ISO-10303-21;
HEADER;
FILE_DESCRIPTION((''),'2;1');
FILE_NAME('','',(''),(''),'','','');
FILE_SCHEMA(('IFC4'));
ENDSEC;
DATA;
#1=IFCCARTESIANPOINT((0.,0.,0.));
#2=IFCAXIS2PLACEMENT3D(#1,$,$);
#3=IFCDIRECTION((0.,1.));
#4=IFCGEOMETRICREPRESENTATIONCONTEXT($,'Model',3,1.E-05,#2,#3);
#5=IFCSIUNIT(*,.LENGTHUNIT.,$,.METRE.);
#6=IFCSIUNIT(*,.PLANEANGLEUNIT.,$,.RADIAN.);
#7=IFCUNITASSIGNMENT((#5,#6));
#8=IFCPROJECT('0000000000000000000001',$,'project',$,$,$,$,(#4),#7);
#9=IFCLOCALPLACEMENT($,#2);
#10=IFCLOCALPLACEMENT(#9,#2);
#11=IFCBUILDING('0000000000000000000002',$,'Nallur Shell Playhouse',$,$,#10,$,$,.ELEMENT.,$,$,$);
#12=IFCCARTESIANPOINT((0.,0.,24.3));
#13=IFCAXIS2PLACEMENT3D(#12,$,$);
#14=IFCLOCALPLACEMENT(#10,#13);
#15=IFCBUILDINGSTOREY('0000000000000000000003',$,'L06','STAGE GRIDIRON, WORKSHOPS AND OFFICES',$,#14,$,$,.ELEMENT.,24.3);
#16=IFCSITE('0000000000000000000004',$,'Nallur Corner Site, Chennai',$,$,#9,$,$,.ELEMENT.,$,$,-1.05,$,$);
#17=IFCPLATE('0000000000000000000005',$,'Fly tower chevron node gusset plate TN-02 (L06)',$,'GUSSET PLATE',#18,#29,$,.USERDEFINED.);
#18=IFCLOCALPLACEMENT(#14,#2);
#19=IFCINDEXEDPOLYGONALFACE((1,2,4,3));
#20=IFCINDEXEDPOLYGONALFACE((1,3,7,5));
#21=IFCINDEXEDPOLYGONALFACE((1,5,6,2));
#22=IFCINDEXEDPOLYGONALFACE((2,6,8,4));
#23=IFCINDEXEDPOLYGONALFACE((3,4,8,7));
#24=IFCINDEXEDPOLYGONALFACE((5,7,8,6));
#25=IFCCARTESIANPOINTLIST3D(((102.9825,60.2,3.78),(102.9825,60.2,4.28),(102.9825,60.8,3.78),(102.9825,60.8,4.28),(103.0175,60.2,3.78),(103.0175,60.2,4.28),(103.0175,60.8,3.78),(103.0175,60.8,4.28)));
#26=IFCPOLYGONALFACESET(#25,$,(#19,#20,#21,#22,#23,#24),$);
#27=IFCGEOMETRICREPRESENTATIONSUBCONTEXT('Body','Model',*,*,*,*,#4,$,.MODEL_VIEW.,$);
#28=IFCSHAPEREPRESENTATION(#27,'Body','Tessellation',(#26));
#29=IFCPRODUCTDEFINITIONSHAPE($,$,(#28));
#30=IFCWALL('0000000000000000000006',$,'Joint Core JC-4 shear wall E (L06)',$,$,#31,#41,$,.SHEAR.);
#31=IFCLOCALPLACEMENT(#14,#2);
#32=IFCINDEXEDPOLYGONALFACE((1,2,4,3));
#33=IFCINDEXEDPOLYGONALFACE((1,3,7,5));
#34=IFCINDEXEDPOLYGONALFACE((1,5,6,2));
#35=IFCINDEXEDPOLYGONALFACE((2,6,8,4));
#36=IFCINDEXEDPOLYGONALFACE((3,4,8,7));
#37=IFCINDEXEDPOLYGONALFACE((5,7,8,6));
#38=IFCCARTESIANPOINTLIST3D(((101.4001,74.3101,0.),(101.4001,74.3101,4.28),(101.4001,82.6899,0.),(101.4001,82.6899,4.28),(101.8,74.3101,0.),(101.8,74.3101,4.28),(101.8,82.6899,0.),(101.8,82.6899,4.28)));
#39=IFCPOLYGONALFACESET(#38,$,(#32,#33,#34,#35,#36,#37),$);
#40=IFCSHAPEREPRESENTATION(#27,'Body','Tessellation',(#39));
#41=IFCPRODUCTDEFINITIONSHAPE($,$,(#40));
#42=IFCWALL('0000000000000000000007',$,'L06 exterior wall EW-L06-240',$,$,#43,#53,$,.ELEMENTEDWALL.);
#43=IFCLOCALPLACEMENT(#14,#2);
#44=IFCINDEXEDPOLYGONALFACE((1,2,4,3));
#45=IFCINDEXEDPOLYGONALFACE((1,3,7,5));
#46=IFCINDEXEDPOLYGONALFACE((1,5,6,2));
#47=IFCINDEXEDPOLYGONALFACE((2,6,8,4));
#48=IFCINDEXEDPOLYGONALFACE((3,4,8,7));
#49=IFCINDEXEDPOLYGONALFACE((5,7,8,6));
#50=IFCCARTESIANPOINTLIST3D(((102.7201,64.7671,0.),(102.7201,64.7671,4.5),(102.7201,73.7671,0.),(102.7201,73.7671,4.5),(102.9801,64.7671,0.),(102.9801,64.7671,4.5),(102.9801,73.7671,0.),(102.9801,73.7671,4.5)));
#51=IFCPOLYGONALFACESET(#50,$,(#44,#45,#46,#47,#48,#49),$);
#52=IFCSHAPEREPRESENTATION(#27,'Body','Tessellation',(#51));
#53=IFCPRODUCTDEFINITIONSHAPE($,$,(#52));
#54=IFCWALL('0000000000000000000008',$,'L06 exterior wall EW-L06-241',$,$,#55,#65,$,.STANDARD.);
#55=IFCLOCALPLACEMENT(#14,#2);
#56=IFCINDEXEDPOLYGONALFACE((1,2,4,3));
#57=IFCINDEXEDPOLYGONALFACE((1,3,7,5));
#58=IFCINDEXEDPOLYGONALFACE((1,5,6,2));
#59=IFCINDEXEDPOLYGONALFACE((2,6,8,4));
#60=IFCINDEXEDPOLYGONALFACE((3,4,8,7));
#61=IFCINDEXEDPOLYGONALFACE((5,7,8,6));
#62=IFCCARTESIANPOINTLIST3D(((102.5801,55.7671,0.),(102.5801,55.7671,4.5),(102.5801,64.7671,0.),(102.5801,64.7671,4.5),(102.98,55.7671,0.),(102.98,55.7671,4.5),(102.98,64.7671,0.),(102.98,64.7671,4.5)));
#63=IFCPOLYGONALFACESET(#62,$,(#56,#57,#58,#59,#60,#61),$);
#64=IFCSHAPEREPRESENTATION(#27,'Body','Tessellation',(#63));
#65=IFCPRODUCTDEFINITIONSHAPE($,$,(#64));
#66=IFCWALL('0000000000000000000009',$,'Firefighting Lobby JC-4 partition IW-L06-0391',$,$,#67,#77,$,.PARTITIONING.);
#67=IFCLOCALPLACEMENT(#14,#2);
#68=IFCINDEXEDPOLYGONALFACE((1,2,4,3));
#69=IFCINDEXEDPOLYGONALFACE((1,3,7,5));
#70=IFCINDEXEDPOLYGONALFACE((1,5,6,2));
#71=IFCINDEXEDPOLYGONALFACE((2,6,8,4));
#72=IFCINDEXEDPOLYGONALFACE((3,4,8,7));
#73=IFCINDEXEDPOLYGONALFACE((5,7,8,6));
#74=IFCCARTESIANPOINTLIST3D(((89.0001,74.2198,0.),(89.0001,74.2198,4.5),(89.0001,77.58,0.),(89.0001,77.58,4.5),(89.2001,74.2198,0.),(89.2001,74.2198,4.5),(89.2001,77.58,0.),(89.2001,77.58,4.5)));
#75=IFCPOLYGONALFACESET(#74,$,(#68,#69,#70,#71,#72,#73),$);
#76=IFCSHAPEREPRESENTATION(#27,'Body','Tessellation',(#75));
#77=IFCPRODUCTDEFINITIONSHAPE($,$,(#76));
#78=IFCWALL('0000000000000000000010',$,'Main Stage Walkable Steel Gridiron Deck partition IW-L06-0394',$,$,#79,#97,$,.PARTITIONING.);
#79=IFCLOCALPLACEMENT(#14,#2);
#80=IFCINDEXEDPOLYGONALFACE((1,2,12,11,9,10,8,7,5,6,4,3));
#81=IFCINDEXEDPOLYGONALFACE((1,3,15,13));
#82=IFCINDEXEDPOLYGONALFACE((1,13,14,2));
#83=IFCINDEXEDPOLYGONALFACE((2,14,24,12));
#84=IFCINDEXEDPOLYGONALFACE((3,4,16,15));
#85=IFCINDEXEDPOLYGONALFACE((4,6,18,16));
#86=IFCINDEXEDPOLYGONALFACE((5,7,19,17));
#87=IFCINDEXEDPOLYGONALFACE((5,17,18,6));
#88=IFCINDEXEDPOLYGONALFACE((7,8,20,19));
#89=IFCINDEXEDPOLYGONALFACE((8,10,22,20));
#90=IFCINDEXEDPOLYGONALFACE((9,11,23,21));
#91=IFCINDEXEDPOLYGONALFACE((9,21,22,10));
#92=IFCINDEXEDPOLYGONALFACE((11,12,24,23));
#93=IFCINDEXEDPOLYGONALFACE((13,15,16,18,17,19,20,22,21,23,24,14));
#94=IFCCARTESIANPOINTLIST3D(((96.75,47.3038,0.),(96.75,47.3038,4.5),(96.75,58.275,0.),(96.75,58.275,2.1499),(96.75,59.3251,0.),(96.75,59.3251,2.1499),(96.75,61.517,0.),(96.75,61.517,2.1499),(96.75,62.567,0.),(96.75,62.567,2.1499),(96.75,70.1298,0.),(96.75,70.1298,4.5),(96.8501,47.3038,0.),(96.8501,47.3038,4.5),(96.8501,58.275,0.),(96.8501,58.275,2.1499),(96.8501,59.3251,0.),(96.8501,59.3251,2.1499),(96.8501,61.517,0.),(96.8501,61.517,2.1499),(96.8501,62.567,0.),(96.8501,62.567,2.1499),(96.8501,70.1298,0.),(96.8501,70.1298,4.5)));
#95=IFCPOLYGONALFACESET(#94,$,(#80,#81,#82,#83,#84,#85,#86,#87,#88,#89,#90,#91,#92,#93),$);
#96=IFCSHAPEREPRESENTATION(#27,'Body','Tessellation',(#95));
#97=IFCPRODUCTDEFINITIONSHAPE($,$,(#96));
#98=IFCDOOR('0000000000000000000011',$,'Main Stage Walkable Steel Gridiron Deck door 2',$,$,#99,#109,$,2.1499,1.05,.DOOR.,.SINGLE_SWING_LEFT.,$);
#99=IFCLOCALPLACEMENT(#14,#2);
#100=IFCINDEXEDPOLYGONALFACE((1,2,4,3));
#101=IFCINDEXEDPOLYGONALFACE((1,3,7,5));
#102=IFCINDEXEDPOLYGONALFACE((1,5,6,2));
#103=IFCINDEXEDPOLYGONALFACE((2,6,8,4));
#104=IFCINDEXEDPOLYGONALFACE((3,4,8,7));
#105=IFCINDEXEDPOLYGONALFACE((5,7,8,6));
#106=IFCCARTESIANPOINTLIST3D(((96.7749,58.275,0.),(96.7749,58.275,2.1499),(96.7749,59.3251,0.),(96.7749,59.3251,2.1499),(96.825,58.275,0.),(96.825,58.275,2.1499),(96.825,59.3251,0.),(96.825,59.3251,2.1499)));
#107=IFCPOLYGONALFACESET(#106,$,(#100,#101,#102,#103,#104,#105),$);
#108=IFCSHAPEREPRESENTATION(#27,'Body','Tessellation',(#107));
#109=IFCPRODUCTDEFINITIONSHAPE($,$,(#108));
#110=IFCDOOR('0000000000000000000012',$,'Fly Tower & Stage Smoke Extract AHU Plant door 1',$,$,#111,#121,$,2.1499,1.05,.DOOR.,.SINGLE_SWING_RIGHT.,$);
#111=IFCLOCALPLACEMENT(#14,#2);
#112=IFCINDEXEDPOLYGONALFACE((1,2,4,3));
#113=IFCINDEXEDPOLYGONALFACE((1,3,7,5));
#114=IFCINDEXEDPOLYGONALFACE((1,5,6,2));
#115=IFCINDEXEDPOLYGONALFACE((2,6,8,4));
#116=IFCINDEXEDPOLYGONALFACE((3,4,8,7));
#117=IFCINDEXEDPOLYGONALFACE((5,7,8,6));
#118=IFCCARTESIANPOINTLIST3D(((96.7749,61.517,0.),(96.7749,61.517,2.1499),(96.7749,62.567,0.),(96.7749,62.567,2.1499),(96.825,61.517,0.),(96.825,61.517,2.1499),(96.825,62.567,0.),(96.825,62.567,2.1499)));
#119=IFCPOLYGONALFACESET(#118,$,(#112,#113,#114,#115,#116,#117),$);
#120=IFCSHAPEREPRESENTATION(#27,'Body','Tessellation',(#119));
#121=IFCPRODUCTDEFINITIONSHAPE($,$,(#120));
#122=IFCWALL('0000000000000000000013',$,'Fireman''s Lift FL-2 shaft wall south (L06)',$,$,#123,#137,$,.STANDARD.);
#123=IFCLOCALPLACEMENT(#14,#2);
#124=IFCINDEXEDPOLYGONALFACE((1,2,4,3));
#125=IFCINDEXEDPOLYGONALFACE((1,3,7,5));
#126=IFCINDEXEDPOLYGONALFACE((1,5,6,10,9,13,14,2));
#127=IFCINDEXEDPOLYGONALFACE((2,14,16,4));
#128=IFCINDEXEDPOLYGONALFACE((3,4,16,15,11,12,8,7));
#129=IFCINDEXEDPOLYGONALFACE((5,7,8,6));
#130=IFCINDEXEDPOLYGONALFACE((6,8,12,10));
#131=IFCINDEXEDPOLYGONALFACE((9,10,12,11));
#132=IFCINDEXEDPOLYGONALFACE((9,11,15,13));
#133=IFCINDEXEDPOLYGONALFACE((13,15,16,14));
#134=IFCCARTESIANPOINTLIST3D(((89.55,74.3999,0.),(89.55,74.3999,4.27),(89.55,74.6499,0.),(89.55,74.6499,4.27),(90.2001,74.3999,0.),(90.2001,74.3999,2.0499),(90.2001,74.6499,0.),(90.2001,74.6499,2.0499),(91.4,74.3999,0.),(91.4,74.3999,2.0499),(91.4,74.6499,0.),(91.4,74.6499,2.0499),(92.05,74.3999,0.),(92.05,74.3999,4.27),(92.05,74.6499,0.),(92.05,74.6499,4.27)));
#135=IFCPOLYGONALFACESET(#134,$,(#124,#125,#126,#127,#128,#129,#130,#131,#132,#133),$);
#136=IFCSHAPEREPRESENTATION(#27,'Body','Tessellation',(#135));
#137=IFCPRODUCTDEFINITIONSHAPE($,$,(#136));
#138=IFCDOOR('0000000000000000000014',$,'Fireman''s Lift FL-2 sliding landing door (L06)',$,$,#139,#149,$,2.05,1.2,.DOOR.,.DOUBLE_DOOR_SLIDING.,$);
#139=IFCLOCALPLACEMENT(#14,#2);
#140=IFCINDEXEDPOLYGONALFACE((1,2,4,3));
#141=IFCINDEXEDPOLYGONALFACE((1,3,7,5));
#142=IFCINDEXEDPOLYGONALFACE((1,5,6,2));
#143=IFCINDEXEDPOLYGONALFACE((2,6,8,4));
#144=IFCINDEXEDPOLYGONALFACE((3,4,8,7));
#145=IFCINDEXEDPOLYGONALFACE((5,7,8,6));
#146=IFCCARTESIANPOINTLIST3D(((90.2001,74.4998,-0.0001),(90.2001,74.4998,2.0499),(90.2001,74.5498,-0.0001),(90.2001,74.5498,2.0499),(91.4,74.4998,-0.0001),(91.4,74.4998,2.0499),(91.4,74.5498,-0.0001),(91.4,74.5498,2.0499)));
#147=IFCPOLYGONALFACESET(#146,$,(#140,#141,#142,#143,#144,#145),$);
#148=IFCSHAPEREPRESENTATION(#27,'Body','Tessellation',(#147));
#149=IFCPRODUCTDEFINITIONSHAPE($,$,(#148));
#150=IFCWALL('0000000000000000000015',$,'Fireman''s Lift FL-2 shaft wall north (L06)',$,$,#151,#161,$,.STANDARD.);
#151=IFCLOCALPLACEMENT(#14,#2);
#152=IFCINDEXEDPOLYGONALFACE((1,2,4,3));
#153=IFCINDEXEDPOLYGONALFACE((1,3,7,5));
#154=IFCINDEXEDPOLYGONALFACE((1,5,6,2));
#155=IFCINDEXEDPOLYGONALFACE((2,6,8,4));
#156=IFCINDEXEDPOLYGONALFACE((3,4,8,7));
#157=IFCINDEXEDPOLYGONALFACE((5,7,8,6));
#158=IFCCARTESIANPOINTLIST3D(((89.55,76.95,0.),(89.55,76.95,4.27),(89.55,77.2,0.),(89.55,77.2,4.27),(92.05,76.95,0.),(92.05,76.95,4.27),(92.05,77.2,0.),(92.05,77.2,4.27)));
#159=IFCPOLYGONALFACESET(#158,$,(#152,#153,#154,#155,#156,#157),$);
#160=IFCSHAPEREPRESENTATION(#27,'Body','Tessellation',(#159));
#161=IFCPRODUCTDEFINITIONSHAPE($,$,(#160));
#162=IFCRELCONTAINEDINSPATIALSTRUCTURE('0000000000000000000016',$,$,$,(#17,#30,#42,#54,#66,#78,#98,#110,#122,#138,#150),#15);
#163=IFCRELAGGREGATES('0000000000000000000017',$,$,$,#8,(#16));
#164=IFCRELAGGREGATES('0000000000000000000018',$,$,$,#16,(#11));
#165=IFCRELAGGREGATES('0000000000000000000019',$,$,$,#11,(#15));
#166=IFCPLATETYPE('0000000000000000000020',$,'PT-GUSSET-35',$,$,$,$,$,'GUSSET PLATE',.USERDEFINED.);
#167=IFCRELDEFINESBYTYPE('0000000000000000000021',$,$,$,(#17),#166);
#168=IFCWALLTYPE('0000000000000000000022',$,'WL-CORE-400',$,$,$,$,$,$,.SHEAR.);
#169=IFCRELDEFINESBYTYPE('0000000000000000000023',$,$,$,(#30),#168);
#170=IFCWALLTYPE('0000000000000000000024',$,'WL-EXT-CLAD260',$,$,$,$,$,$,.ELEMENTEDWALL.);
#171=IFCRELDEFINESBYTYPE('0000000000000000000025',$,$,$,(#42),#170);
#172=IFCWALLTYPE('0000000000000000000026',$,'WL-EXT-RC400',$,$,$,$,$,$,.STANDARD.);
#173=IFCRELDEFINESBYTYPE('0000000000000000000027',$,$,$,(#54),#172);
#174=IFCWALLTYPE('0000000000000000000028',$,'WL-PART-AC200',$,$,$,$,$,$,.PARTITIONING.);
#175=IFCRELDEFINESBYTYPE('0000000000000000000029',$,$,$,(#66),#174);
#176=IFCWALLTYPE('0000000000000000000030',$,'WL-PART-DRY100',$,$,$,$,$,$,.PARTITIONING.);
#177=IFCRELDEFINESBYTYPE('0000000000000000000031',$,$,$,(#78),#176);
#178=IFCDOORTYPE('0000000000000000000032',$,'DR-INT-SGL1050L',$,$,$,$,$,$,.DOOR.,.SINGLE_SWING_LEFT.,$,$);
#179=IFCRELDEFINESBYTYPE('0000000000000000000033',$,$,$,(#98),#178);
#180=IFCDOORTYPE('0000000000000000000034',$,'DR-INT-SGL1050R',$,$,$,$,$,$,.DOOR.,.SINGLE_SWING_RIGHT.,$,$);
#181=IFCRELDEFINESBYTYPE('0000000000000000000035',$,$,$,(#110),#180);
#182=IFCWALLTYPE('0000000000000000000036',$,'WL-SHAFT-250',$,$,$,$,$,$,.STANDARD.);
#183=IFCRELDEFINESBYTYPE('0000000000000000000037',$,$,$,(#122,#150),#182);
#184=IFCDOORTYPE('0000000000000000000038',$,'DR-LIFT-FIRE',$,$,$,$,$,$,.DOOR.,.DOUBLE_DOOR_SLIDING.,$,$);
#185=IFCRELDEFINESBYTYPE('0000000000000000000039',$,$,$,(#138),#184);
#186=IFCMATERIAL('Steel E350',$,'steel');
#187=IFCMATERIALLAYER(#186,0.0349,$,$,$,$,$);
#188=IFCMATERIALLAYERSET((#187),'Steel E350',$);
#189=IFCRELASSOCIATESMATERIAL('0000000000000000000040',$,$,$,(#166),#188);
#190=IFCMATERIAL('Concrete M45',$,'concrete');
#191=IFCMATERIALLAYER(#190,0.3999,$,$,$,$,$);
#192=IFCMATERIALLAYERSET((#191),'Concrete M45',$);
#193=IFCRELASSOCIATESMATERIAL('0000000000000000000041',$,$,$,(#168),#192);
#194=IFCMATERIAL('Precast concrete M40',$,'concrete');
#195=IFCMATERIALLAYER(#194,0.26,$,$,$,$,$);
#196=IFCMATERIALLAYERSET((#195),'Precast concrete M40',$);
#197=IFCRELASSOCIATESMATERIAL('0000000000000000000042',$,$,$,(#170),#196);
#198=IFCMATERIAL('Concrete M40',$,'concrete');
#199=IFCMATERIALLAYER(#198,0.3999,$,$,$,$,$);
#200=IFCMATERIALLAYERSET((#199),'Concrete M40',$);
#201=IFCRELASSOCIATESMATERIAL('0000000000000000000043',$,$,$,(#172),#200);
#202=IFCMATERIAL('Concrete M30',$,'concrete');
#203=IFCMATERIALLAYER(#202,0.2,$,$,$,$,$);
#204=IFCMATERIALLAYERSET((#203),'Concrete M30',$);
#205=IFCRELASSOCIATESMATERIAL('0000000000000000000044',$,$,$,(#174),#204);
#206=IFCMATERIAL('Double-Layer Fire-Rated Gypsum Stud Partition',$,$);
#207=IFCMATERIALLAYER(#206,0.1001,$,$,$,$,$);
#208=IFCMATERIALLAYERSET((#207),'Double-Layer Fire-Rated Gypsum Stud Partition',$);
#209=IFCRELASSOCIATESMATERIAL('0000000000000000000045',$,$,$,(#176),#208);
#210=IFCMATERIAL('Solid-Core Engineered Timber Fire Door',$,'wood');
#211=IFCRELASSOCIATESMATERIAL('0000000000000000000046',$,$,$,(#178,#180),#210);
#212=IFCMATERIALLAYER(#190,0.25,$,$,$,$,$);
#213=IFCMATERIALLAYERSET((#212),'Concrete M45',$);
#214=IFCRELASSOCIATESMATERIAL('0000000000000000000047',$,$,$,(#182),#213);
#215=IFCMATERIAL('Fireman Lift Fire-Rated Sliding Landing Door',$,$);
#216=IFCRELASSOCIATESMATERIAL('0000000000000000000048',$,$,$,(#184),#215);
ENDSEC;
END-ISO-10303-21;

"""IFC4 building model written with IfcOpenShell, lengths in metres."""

from ifc_helpers import new_model, si_unit, direction, frame, frame_2d, origin, origin_2d, place, context, subcontext, project, spatial, rectangle, extrude, material, layer, layer_set, type_object, element, fill, save


model = new_model("IFC4")

# Units and contexts
model_context = context("Model", 3, precision=1e-05, world=origin(), true_north=direction((0.0, 1.0)))
body_context = subcontext(model_context, "Body", "Model", "MODEL_VIEW")
ifc_project = project(units=[si_unit("LENGTHUNIT", "METRE"), si_unit("PLANEANGLEUNIT", "RADIAN")], contexts=[model_context])

# Site, building, storey
site_placement = place(None, origin())
site = spatial("IfcSite", under=ifc_project, at=site_placement, Name="Nallur Corner Site, Chennai", CompositionType="ELEMENT", RefElevation=-1.05)
building_placement = place(site_placement, origin())
building = spatial("IfcBuilding", under=site, at=building_placement, Name="Nallur Shell Playhouse", CompositionType="ELEMENT")
storey_placement = place(building_placement, frame((0.0, 0.0, 24.3)))
storey = spatial("IfcBuildingStorey", under=building, at=storey_placement, Name="L06", Description="STAGE GRIDIRON, WORKSHOPS AND OFFICES", CompositionType="ELEMENT", Elevation=24.3)

# Shared definitions
ifc_material_1 = material(Name="Steel E350", Category="steel")

# Shared definitions
ifc_material_2 = material(Name="Concrete M40", Category="concrete")

# Plate
ifc_layer_1 = layer(ifc_material_1, 0.0349)
ifc_layer_set_1 = layer_set([ifc_layer_1], Name="Steel E350")
plate_type_1 = type_object("IfcPlateType", Name="PT-GUSSET-35", ElementType="GUSSET PLATE", PredefinedType="USERDEFINED", material=ifc_layer_set_1)
plate_1_placement = place(storey_placement, frame((103.0, 60.5, 3.78), z_axis=(0.0, 0.0, 1.0), x_axis=(1.0, 0.0, 0.0)))
element("IfcPlate", 1, at=plate_1_placement, inside=storey, type_object=plate_type_1, Name="Fly tower chevron node gusset plate TN-02 (L06)", ObjectType="GUSSET PLATE", PredefinedType="USERDEFINED", context=body_context, shape_type="SweptSolid", body=[
    extrude(rectangle(XDim=0.0349, YDim=0.6001, at=origin_2d()), origin(), (0.0, 0.0, 1.0), 0.5),
])

# Shared definitions
ifc_material_3 = material(Name="Concrete M45", Category="concrete")
ifc_layer_2 = layer(ifc_material_3, 0.3999)
ifc_layer_set_2 = layer_set([ifc_layer_2], Name="Concrete M45")
wall_type_1 = type_object("IfcWallType", Name="WL-CORE-400", PredefinedType="SHEAR", material=ifc_layer_set_2)

# Walls
wall_1_placement = place(storey_placement, frame((101.6001, 74.3101, 0.0), z_axis=(0.0, 0.0, 1.0), x_axis=(0.0, 1.0, 0.0)))
element("IfcWall", 2, at=wall_1_placement, inside=storey, type_object=wall_type_1, Name="Joint Core JC-4 shear wall E (L06)", PredefinedType="SHEAR", context=body_context, shape_type="SweptSolid", body=[
    extrude(rectangle(XDim=8.3799, YDim=0.3999, at=frame_2d((4.1899, 0.0))), origin(), (0.0, 0.0, 1.0), 4.28),
])
ifc_material_4 = material(Name="Precast concrete M40", Category="concrete")
ifc_layer_3 = layer(ifc_material_4, 0.26)
ifc_layer_set_3 = layer_set([ifc_layer_3], Name="Precast concrete M40")
wall_type_2 = type_object("IfcWallType", Name="WL-EXT-CLAD260", PredefinedType="ELEMENTEDWALL", material=ifc_layer_set_3)
wall_2_placement = place(storey_placement, frame((102.8501, 73.7671, 0.0), z_axis=(0.0, 0.0, 1.0), x_axis=(0.0, -1.0, 0.0)))
element("IfcWall", 3, at=wall_2_placement, inside=storey, type_object=wall_type_2, Name="L06 exterior wall EW-L06-240", PredefinedType="ELEMENTEDWALL", context=body_context, shape_type="SweptSolid", body=[
    extrude(rectangle(XDim=9.0, YDim=0.26, at=frame_2d((4.5, 0.0))), origin(), (0.0, 0.0, 1.0), 4.5),
])
ifc_layer_4 = layer(ifc_material_2, 0.3999)
ifc_layer_set_4 = layer_set([ifc_layer_4], Name="Concrete M40")
wall_type_3 = type_object("IfcWallType", Name="WL-EXT-RC400", PredefinedType="STANDARD", material=ifc_layer_set_4)
wall_3_placement = place(storey_placement, frame((102.78, 64.7671, 0.0), z_axis=(0.0, 0.0, 1.0), x_axis=(0.0, -1.0, 0.0)))
element("IfcWall", 4, at=wall_3_placement, inside=storey, type_object=wall_type_3, Name="L06 exterior wall EW-L06-241", PredefinedType="STANDARD", context=body_context, shape_type="SweptSolid", body=[
    extrude(rectangle(XDim=9.0, YDim=0.3999, at=frame_2d((4.5, 0.0))), origin(), (0.0, 0.0, 1.0), 4.5),
])
ifc_material_5 = material(Name="Concrete M30", Category="concrete")
ifc_layer_5 = layer(ifc_material_5, 0.2)
ifc_layer_set_5 = layer_set([ifc_layer_5], Name="Concrete M30")
wall_type_4 = type_object("IfcWallType", Name="WL-PART-AC200", PredefinedType="PARTITIONING", material=ifc_layer_set_5)
wall_4_placement = place(storey_placement, frame((89.1001, 77.5801, 0.0), z_axis=(0.0, 0.0, 1.0), x_axis=(0.0, -1.0, 0.0)))
element("IfcWall", 5, at=wall_4_placement, inside=storey, type_object=wall_type_4, Name="Firefighting Lobby JC-4 partition IW-L06-0391", PredefinedType="PARTITIONING", context=body_context, shape_type="SweptSolid", body=[
    extrude(rectangle(XDim=3.3601, YDim=0.2, at=frame_2d((1.6802, 0.0))), origin(), (0.0, 0.0, 1.0), 4.5),
])

# Wall, openings, doors
ifc_material_6 = material(Name="Double-Layer Fire-Rated Gypsum Stud Partition")
ifc_layer_6 = layer(ifc_material_6, 0.1001)
ifc_layer_set_6 = layer_set([ifc_layer_6], Name="Double-Layer Fire-Rated Gypsum Stud Partition")
wall_type_5 = type_object("IfcWallType", Name="WL-PART-DRY100", PredefinedType="PARTITIONING", material=ifc_layer_set_6)
wall_5_placement = place(storey_placement, frame((96.8, 70.1299, 0.0), z_axis=(0.0, 0.0, 1.0), x_axis=(0.0, -1.0, 0.0)))
wall_5 = element("IfcWall", 6, at=wall_5_placement, inside=storey, type_object=wall_type_5, Name="Main Stage Walkable Steel Gridiron Deck partition IW-L06-0394", PredefinedType="PARTITIONING", context=body_context, shape_type="SweptSolid", body=[
    extrude(rectangle(XDim=22.8259, YDim=0.1001, at=frame_2d((11.4131, 0.0))), origin(), (0.0, 0.0, 1.0), 4.5),
])
opening_1_placement = place(wall_5_placement, frame((10.8049, 0.0, 0.0)))
opening_1 = element("IfcOpeningElement", 7, at=opening_1_placement, cuts=wall_5, PredefinedType="OPENING", context=body_context, shape_type="SweptSolid", body=[
    extrude(rectangle(XDim=1.05, YDim=2.1499, at=frame_2d((0.5249, 1.075))), frame((0.0, 0.0601, 0.0), z_axis=(0.0, -1.0, 0.0), x_axis=(1.0, 0.0, 0.0)), (0.0, 0.0, 1.0), 0.1201),
])
opening_2_placement = place(wall_5_placement, frame((7.563, 0.0, 0.0)))
opening_2 = element("IfcOpeningElement", 8, at=opening_2_placement, cuts=wall_5, PredefinedType="OPENING", context=body_context, shape_type="SweptSolid", body=[
    extrude(rectangle(XDim=1.05, YDim=2.1499, at=frame_2d((0.5249, 1.075))), frame((0.0, 0.0601, 0.0), z_axis=(0.0, -1.0, 0.0), x_axis=(1.0, 0.0, 0.0)), (0.0, 0.0, 1.0), 0.1201),
])
ifc_material_7 = material(Name="Solid-Core Engineered Timber Fire Door", Category="wood")
door_type_1 = type_object("IfcDoorType", Name="DR-INT-SGL1050L", OperationType="SINGLE_SWING_LEFT", PredefinedType="DOOR", material=ifc_material_7)
door_1_placement = place(opening_1_placement, origin())
door_1 = element("IfcDoor", 9, at=door_1_placement, inside=storey, type_object=door_type_1, Name="Main Stage Walkable Steel Gridiron Deck door 2", OperationType="SINGLE_SWING_LEFT", OverallHeight=2.1499, OverallWidth=1.05, PredefinedType="DOOR", context=body_context, shape_type="SweptSolid", body=[
    extrude(rectangle(XDim=1.05, YDim=2.1499, at=frame_2d((0.5249, 1.075))), frame((0.0, 0.0249, 0.0), z_axis=(0.0, -1.0, 0.0), x_axis=(1.0, 0.0, 0.0)), (0.0, 0.0, 1.0), 0.05),
])
fill(opening_1, door_1)
door_type_2 = type_object("IfcDoorType", Name="DR-INT-SGL1050R", OperationType="SINGLE_SWING_RIGHT", PredefinedType="DOOR", material=ifc_material_7)
door_2_placement = place(opening_2_placement, origin())
door_2 = element("IfcDoor", 10, at=door_2_placement, inside=storey, type_object=door_type_2, Name="Fly Tower & Stage Smoke Extract AHU Plant door 1", OperationType="SINGLE_SWING_RIGHT", OverallHeight=2.1499, OverallWidth=1.05, PredefinedType="DOOR", context=body_context, shape_type="SweptSolid", body=[
    extrude(rectangle(XDim=1.05, YDim=2.1499, at=frame_2d((0.5249, 1.075))), frame((0.0, 0.0249, 0.0), z_axis=(0.0, -1.0, 0.0), x_axis=(1.0, 0.0, 0.0)), (0.0, 0.0, 1.0), 0.05),
])
fill(opening_2, door_2)

# Wall, opening, door
ifc_layer_7 = layer(ifc_material_3, 0.25)
ifc_layer_set_7 = layer_set([ifc_layer_7], Name="Concrete M45")
wall_type_6 = type_object("IfcWallType", Name="WL-SHAFT-250", PredefinedType="STANDARD", material=ifc_layer_set_7)
wall_6_placement = place(storey_placement, frame((89.55, 74.5249, 0.0), z_axis=(0.0, 0.0, 1.0), x_axis=(1.0, 0.0, 0.0)))
wall_6 = element("IfcWall", 11, at=wall_6_placement, inside=storey, type_object=wall_type_6, Name="Fireman's Lift FL-2 shaft wall south (L06)", PredefinedType="STANDARD", context=body_context, shape_type="SweptSolid", body=[
    extrude(rectangle(XDim=2.5, YDim=0.25, at=frame_2d((1.25, 0.0))), origin(), (0.0, 0.0, 1.0), 4.27),
])
opening_3_placement = place(wall_6_placement, frame((0.6499, 0.0, 0.0)))
opening_3 = element("IfcOpeningElement", 12, at=opening_3_placement, cuts=wall_6, PredefinedType="OPENING", context=body_context, shape_type="SweptSolid", body=[
    extrude(rectangle(XDim=1.2, YDim=2.05, at=frame_2d((0.6001, 1.0249))), frame((0.0, 0.135, 0.0), z_axis=(0.0, -1.0, 0.0), x_axis=(1.0, 0.0, 0.0)), (0.0, 0.0, 1.0), 0.27),
])
ifc_material_8 = material(Name="Fireman Lift Fire-Rated Sliding Landing Door")
door_type_3 = type_object("IfcDoorType", Name="DR-LIFT-FIRE", OperationType="DOUBLE_DOOR_SLIDING", PredefinedType="DOOR", material=ifc_material_8)
door_3_placement = place(opening_3_placement, origin())
door_3 = element("IfcDoor", 13, at=door_3_placement, inside=storey, type_object=door_type_3, Name="Fireman's Lift FL-2 sliding landing door (L06)", OperationType="DOUBLE_DOOR_SLIDING", OverallHeight=2.05, OverallWidth=1.2, PredefinedType="DOOR", context=body_context, shape_type="SweptSolid", body=[
    extrude(rectangle(XDim=1.2, YDim=2.05, at=frame_2d((0.6001, 1.0249))), frame((0.0, 0.0249, 0.0), z_axis=(0.0, -1.0, 0.0), x_axis=(1.0, 0.0, 0.0)), (0.0, 0.0, 1.0), 0.05),
])
fill(opening_3, door_3)

# Wall
wall_7_placement = place(storey_placement, frame((92.05, 77.075, 0.0), z_axis=(0.0, 0.0, 1.0), x_axis=(-1.0, 0.0, 0.0)))
element("IfcWall", 14, at=wall_7_placement, inside=storey, type_object=wall_type_6, Name="Fireman's Lift FL-2 shaft wall north (L06)", PredefinedType="STANDARD", context=body_context, shape_type="SweptSolid", body=[
    extrude(rectangle(XDim=2.5, YDim=0.25, at=frame_2d((1.25, 0.0))), origin(), (0.0, 0.0, 1.0), 4.27),
])

save(model, "model.ifc")
